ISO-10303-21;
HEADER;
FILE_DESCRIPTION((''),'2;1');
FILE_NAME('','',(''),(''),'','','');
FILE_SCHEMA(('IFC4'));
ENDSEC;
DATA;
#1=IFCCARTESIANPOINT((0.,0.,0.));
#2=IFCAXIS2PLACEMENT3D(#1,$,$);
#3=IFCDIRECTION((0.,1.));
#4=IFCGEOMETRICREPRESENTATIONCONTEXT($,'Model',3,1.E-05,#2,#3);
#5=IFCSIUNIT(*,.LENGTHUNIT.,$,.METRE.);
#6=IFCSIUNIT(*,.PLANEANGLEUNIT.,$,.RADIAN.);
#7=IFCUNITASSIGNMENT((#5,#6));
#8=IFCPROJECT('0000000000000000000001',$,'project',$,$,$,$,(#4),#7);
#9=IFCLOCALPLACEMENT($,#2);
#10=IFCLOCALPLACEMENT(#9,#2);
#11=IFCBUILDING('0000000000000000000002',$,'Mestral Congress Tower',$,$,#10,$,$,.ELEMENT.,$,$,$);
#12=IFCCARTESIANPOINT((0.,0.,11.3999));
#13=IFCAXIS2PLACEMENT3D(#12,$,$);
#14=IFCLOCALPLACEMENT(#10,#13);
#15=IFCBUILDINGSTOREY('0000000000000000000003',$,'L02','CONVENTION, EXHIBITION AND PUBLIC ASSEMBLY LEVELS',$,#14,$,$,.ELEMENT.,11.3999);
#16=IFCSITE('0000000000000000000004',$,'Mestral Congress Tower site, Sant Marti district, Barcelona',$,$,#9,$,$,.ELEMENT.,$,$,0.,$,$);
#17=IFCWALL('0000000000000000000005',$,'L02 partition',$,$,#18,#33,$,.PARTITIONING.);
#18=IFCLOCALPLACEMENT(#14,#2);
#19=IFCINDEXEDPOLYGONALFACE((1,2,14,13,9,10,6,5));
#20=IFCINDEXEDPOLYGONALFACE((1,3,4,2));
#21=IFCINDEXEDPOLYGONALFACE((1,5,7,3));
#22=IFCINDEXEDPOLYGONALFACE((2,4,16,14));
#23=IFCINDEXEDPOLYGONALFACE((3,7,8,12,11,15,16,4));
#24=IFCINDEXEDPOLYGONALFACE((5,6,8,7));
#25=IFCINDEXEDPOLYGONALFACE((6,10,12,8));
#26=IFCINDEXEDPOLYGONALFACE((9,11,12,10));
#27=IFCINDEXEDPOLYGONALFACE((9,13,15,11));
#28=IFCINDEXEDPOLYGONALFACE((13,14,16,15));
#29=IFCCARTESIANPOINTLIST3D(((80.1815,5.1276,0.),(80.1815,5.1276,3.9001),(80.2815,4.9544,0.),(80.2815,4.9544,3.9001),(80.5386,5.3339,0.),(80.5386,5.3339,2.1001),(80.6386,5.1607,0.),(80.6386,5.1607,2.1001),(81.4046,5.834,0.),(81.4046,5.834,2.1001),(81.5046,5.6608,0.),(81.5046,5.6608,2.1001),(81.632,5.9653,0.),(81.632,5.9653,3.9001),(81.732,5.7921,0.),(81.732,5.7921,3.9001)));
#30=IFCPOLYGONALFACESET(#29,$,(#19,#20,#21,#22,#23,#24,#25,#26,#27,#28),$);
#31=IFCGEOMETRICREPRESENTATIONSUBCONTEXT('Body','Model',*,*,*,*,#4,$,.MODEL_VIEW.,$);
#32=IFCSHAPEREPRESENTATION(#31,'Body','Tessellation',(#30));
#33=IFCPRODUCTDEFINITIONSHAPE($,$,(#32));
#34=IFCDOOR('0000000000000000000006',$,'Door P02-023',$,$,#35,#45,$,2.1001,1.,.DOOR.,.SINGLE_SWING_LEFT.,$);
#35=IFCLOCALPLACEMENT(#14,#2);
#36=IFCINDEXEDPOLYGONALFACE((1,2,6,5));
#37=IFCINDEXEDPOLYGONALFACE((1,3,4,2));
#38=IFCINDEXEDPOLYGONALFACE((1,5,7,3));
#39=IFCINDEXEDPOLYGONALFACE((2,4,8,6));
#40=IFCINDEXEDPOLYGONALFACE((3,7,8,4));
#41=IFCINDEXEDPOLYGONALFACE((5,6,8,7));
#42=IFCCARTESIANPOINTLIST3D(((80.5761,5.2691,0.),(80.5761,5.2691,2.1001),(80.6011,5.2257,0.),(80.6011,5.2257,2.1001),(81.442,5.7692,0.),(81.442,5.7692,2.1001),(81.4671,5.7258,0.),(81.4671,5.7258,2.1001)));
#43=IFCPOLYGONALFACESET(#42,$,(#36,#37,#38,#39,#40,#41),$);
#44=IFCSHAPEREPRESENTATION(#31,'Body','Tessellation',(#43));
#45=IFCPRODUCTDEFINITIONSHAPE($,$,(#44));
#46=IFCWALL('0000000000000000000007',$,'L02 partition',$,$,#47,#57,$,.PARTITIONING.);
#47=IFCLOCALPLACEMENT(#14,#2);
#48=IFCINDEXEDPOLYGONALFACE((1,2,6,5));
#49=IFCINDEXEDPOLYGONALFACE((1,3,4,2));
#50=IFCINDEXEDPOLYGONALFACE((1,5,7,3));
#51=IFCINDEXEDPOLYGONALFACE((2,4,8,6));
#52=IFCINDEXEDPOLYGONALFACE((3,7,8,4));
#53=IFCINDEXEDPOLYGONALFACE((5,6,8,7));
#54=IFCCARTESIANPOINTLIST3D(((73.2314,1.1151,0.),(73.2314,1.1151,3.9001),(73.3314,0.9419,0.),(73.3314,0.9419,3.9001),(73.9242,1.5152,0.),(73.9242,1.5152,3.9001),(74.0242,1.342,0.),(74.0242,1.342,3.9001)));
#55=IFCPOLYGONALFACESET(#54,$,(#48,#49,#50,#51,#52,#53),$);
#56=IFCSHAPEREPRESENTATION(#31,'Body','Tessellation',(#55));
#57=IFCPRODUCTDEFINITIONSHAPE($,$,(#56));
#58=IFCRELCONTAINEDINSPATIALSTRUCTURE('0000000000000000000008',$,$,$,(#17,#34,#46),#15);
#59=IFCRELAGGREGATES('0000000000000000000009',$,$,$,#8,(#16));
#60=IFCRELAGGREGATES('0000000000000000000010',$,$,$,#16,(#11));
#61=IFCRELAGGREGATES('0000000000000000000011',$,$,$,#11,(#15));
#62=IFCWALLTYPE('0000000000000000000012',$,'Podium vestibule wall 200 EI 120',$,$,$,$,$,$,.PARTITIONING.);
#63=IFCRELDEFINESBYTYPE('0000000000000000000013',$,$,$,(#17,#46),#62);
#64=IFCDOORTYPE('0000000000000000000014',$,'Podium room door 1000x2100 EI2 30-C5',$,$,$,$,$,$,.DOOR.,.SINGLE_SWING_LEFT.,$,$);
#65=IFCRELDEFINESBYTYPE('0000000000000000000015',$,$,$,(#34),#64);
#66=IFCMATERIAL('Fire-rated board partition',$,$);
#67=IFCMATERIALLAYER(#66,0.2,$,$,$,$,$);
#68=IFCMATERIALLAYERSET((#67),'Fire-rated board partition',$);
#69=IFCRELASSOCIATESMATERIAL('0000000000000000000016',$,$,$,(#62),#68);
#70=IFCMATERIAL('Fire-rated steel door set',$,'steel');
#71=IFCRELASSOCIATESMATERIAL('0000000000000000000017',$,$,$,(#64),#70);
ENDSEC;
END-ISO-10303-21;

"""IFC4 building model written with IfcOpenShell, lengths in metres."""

from ifc_helpers import new_model, si_unit, direction, frame, frame_2d, origin, place, context, subcontext, project, spatial, rectangle, extrude, material, layer, layer_set, type_object, element, fill, save


model = new_model("IFC4")

# Units and contexts
model_context = context("Model", 3, precision=1e-05, world=origin(), true_north=direction((0.0, 1.0)))
body_context = subcontext(model_context, "Body", "Model", "MODEL_VIEW")
ifc_project = project(units=[si_unit("LENGTHUNIT", "METRE"), si_unit("PLANEANGLEUNIT", "RADIAN")], contexts=[model_context])

# Site, building, storey
site_placement = place(None, origin())
site = spatial("IfcSite", under=ifc_project, at=site_placement, Name="Mestral Congress Tower site, Sant Marti district, Barcelona", CompositionType="ELEMENT", RefElevation=0.0)
building_placement = place(site_placement, origin())
building = spatial("IfcBuilding", under=site, at=building_placement, Name="Mestral Congress Tower", CompositionType="ELEMENT")
storey_placement = place(building_placement, frame((0.0, 0.0, 11.3999)))
storey = spatial("IfcBuildingStorey", under=building, at=storey_placement, Name="L02", Description="CONVENTION, EXHIBITION AND PUBLIC ASSEMBLY LEVELS", CompositionType="ELEMENT", Elevation=11.3999)

# Shared definitions
ifc_material_1 = material(Name="Fire-rated steel door set", Category="steel")

# Shared definitions
ifc_material_2 = material(Name="Fire-rated board partition")
ifc_layer_1 = layer(ifc_material_2, 0.2)
ifc_layer_set_1 = layer_set([ifc_layer_1], Name="Fire-rated board partition")
wall_type_1 = type_object("IfcWallType", Name="Podium vestibule wall 200 EI 120", PredefinedType="PARTITIONING", material=ifc_layer_set_1)

# Wall, opening, door
door_type_1 = type_object("IfcDoorType", Name="Podium room door 1000x2100 EI2 30-C5", OperationType="SINGLE_SWING_LEFT", PredefinedType="DOOR", material=ifc_material_1)
wall_1_placement = place(storey_placement, frame((81.6819, 5.8787, 0.0), z_axis=(0.0, 0.0, 1.0), x_axis=(-0.865965, -0.500105, 0.0)))
wall_1 = element("IfcWall", 1, at=wall_1_placement, inside=storey, type_object=wall_type_1, Name="L02 partition", PredefinedType="PARTITIONING", context=body_context, shape_type="SweptSolid", body=[
    extrude(rectangle(XDim=1.675, YDim=0.2, at=frame_2d((0.8374, 0.0))), origin(), (0.0, 0.0, 1.0), 3.9001),
])
opening_1_placement = place(wall_1_placement, frame((0.2625, 0.0, 0.0)))
opening_1 = element("IfcOpeningElement", 2, at=opening_1_placement, cuts=wall_1, PredefinedType="OPENING", context=body_context, shape_type="SweptSolid", body=[
    extrude(rectangle(XDim=1.0, YDim=2.1001, at=frame_2d((0.5, 1.05))), frame((0.0, 0.1099, 0.0), z_axis=(0.0, -1.0, 0.0), x_axis=(1.0, 0.0, 0.0)), (0.0, 0.0, 1.0), 0.22),
])
door_1_placement = place(opening_1_placement, origin())
door_1 = element("IfcDoor", 3, at=door_1_placement, inside=storey, type_object=door_type_1, Name="Door P02-023", OperationType="SINGLE_SWING_LEFT", OverallHeight=2.1001, OverallWidth=1.0, PredefinedType="DOOR", context=body_context, shape_type="SweptSolid", body=[
    extrude(rectangle(XDim=1.0, YDim=2.1001, at=frame_2d((0.5, 1.05))), frame((0.0, 0.0249, 0.0), z_axis=(0.0, -1.0, 0.0), x_axis=(1.0, 0.0, 0.0)), (0.0, 0.0, 1.0), 0.05),
])
fill(opening_1, door_1)

# Wall
wall_2_placement = place(storey_placement, frame((73.2815, 1.0286, 0.0), z_axis=(0.0, 0.0, 1.0), x_axis=(0.865962, 0.50011, 0.0)))
element("IfcWall", 4, at=wall_2_placement, inside=storey, type_object=wall_type_1, Name="L02 partition", PredefinedType="PARTITIONING", context=body_context, shape_type="SweptSolid", body=[
    extrude(rectangle(XDim=0.8, YDim=0.2, at=frame_2d((0.3999, 0.0))), origin(), (0.0, 0.0, 1.0), 3.9001),
])

save(model, "model.ifc")
